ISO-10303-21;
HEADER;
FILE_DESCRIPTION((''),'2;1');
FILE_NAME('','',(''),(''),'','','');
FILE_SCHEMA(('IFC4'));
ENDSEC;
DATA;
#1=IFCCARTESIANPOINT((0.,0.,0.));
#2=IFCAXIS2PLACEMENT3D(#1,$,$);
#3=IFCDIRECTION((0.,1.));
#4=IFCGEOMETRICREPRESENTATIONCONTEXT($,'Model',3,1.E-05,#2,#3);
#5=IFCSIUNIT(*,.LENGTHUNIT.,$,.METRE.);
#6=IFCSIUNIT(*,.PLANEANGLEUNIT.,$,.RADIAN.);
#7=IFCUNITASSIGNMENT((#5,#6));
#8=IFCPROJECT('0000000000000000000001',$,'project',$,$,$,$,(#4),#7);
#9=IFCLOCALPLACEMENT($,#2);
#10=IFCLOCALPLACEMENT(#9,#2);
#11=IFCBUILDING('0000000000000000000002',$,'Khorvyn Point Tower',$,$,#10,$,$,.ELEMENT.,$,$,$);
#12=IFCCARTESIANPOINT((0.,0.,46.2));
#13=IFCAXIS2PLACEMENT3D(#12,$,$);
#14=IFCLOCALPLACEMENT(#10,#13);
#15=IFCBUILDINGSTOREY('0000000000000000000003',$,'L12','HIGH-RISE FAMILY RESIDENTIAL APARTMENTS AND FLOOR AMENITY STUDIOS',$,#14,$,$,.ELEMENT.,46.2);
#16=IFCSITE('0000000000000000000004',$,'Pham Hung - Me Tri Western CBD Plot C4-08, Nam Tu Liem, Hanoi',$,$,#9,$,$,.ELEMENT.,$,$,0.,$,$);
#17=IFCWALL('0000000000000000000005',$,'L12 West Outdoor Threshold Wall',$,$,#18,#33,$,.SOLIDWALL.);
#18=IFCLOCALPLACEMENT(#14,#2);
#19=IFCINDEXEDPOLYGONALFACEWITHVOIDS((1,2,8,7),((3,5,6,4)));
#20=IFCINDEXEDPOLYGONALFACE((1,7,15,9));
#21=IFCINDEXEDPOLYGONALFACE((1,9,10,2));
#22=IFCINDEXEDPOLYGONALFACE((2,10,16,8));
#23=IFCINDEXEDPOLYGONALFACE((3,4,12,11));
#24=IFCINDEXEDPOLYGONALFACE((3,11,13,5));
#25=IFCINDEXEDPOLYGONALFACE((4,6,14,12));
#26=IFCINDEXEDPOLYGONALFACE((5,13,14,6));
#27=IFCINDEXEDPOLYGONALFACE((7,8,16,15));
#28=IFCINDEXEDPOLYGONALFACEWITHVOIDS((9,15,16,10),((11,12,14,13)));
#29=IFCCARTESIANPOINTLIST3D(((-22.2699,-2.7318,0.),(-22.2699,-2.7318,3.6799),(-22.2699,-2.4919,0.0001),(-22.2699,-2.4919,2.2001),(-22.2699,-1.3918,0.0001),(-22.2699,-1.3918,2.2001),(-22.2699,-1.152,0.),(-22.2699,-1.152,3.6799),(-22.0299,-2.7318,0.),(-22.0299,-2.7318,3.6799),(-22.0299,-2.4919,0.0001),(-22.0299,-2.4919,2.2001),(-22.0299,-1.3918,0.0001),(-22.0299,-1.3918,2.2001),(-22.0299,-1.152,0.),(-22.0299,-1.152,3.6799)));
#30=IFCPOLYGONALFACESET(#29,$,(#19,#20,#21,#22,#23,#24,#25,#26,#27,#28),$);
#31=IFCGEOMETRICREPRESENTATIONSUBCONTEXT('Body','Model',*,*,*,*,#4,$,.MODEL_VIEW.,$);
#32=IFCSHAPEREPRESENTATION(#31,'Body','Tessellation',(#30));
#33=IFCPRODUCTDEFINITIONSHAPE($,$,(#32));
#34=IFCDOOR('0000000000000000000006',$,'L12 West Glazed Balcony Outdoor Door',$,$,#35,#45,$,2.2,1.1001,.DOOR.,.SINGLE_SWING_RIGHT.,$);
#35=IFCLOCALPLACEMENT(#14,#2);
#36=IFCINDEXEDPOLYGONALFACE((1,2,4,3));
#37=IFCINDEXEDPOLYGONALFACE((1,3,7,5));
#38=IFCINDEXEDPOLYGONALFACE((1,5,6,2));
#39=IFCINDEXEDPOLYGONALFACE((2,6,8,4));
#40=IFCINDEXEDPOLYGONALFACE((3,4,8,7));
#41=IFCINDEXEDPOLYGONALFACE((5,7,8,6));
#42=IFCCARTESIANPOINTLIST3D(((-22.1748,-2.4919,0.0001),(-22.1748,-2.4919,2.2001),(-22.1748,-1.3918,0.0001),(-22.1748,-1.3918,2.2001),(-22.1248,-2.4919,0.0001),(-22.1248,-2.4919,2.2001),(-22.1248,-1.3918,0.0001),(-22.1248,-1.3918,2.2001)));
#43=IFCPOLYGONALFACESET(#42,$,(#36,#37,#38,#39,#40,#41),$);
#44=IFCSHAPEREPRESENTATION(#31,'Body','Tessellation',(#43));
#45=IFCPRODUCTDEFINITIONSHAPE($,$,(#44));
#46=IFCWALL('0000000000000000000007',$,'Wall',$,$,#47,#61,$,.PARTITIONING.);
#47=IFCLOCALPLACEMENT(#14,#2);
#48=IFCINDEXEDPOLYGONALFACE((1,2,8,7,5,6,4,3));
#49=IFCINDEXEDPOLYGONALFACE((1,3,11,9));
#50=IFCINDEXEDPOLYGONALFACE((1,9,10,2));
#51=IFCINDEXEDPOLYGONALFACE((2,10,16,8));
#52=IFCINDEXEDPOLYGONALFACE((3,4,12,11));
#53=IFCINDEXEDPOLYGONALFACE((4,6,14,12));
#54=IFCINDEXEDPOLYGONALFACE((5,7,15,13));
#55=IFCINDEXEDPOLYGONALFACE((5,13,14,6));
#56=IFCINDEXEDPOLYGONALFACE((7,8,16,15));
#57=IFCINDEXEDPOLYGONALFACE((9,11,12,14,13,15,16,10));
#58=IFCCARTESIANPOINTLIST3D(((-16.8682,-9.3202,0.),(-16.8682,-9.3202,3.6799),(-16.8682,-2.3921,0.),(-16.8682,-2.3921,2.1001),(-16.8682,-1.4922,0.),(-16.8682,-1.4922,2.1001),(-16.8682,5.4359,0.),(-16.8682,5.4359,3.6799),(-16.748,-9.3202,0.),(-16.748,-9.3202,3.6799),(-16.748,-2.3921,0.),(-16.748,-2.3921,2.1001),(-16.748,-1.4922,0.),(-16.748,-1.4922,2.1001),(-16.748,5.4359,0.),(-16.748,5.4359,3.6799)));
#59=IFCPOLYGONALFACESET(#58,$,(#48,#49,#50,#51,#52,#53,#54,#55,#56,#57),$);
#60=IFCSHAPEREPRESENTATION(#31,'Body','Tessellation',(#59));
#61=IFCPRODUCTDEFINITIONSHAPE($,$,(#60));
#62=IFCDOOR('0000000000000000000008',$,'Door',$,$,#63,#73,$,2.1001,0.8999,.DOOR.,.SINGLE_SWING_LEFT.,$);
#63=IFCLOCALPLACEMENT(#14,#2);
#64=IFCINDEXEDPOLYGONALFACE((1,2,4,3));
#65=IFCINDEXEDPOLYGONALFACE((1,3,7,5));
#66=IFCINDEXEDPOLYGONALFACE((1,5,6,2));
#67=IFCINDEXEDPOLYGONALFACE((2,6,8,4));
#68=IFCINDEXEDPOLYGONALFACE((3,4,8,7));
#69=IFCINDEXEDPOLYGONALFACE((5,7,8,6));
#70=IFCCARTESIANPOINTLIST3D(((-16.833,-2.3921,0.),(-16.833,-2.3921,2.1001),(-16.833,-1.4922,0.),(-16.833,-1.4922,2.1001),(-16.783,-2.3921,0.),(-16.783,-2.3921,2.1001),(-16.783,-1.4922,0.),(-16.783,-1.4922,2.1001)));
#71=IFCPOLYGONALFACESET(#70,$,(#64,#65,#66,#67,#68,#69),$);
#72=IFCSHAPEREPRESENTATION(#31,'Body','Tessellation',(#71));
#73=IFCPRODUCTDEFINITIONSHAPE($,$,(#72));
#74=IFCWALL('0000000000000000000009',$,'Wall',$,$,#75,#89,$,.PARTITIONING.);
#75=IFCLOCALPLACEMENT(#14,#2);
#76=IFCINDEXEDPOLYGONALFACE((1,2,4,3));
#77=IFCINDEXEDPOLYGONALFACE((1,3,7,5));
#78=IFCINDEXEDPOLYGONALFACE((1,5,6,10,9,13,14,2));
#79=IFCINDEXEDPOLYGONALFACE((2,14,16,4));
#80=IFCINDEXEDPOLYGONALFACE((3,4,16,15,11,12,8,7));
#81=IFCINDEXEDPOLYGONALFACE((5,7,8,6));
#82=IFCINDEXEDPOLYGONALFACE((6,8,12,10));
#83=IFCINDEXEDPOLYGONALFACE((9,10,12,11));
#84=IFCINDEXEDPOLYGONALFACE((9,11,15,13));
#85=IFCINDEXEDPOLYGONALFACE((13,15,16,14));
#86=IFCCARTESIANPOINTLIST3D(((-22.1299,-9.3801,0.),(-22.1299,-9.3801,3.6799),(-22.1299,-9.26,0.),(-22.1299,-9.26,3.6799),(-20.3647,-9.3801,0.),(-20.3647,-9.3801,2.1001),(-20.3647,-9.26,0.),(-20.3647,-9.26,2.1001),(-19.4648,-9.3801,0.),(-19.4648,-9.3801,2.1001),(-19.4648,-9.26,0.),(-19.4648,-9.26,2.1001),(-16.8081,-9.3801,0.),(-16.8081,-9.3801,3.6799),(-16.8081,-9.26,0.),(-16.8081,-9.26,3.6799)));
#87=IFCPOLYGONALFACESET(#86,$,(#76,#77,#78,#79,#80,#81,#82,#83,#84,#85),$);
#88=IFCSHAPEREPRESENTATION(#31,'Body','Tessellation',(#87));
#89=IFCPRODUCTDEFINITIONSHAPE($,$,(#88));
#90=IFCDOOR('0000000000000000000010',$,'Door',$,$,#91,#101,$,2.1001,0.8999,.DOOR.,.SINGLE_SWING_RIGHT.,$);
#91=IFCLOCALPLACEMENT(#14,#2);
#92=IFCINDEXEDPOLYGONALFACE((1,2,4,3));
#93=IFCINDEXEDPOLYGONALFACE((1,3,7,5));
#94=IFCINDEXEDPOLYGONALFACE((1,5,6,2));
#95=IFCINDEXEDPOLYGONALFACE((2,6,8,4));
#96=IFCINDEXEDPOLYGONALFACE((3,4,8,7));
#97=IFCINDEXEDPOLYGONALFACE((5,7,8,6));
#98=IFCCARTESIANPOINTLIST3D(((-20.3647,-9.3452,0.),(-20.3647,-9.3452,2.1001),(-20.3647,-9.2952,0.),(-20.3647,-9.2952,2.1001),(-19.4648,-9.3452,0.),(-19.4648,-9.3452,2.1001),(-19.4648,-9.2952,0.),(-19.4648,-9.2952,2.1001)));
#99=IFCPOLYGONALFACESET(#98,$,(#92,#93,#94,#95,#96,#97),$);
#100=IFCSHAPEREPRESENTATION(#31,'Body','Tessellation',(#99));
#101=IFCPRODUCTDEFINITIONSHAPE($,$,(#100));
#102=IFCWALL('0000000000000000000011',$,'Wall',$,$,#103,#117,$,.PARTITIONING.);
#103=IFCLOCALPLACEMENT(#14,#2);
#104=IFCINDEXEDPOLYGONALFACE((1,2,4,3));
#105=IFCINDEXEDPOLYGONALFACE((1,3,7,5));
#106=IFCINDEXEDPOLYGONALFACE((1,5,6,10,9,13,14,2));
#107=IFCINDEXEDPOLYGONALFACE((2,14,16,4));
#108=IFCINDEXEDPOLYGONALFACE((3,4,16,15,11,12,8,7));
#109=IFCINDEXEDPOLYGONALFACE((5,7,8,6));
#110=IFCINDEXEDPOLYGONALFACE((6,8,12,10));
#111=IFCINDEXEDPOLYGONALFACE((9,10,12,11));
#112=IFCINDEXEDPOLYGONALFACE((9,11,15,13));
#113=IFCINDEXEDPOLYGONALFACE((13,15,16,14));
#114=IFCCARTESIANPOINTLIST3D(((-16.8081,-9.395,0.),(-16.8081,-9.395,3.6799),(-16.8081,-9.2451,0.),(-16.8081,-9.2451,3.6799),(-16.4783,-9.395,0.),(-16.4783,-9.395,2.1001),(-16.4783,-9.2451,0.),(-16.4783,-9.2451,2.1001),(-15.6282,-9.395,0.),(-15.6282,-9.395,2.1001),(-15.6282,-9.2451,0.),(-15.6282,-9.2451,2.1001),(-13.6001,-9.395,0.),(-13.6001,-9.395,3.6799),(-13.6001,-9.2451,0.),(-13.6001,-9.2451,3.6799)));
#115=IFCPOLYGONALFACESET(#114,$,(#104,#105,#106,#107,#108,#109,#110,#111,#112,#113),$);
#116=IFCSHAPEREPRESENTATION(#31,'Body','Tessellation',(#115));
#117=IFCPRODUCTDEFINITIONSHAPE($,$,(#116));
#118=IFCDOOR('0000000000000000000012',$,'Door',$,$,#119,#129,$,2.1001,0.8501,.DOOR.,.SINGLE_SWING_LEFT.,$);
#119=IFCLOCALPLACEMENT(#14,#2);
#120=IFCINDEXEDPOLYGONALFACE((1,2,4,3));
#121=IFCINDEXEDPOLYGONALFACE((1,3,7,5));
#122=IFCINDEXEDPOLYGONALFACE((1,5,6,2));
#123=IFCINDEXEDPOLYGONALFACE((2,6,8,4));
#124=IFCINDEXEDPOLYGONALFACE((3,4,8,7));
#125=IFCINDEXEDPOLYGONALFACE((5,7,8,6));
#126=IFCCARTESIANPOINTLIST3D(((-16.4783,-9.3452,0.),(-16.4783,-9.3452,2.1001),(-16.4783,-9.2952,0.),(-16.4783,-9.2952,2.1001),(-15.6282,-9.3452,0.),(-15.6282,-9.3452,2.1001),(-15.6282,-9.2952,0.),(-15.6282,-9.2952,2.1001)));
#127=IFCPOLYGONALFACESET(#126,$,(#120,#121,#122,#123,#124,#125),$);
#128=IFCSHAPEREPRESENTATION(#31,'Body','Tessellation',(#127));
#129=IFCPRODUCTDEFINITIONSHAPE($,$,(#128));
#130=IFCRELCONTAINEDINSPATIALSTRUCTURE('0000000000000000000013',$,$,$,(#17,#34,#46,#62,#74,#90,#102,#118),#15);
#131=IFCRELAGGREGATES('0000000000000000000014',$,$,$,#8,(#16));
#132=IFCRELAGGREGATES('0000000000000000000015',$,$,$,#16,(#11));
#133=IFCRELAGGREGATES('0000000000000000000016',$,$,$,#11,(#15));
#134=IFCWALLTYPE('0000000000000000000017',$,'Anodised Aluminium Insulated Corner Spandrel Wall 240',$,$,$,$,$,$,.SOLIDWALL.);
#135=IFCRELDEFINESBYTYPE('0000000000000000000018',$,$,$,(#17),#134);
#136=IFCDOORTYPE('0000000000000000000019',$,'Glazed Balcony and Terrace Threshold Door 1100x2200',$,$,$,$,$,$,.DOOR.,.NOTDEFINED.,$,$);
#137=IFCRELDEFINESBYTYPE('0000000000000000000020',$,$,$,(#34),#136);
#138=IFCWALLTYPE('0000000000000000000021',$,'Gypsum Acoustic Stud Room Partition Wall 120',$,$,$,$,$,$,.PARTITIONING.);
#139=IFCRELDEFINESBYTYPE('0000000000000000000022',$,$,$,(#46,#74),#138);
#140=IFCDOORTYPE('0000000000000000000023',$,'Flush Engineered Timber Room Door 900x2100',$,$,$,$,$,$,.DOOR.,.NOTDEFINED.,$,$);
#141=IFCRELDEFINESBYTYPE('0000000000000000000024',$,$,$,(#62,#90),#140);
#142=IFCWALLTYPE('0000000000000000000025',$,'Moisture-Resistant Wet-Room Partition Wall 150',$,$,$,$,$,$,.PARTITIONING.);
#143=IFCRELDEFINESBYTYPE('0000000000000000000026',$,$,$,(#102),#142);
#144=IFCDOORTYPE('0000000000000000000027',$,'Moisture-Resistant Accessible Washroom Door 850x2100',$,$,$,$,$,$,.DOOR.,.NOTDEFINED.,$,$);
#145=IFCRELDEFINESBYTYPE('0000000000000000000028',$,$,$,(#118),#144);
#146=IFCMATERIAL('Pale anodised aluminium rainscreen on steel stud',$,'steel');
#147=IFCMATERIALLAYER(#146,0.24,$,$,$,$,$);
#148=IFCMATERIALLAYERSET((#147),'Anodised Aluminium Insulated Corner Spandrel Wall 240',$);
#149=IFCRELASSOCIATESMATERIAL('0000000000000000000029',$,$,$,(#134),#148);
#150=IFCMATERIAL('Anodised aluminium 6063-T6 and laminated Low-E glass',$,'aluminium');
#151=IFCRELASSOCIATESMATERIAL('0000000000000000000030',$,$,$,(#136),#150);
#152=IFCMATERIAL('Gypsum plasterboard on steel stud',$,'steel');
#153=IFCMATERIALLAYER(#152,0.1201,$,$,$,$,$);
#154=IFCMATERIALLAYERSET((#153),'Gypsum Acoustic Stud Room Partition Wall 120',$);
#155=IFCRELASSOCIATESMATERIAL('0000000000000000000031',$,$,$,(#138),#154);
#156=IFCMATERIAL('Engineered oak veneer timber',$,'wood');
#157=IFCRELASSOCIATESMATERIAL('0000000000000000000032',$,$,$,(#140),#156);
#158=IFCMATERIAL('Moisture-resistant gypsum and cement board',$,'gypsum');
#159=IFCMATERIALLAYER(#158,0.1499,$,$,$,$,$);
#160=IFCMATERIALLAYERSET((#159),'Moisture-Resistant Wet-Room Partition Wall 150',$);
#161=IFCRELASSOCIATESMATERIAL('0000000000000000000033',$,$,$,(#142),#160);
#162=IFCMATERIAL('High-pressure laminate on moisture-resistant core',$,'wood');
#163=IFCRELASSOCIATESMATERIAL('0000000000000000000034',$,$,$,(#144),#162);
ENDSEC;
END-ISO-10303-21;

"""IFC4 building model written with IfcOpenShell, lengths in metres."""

from ifc_helpers import new_model, si_unit, direction, frame, frame_2d, origin, place, context, subcontext, project, spatial, rectangle, extrude, material, layer, layer_set, type_object, element, fill, save


model = new_model("IFC4")

# Units and contexts
model_context = context("Model", 3, precision=1e-05, world=origin(), true_north=direction((0.0, 1.0)))
body_context = subcontext(model_context, "Body", "Model", "MODEL_VIEW")
ifc_project = project(units=[si_unit("LENGTHUNIT", "METRE"), si_unit("PLANEANGLEUNIT", "RADIAN")], contexts=[model_context])

# Site, building, storey
site_placement = place(None, origin())
site = spatial("IfcSite", under=ifc_project, at=site_placement, Name="Pham Hung - Me Tri Western CBD Plot C4-08, Nam Tu Liem, Hanoi", CompositionType="ELEMENT", RefElevation=0.0)
building_placement = place(site_placement, origin())
building = spatial("IfcBuilding", under=site, at=building_placement, Name="Khorvyn Point Tower", CompositionType="ELEMENT")
storey_placement = place(building_placement, frame((0.0, 0.0, 46.2)))
storey = spatial("IfcBuildingStorey", under=building, at=storey_placement, Name="L12", Description="HIGH-RISE FAMILY RESIDENTIAL APARTMENTS AND FLOOR AMENITY STUDIOS", CompositionType="ELEMENT", Elevation=46.2)

# Shared definitions
ifc_material_1 = material(Name="Anodised aluminium 6063-T6 and laminated Low-E glass", Category="aluminium")

# Walls, openings, doors
ifc_material_2 = material(Name="Pale anodised aluminium rainscreen on steel stud", Category="steel")
ifc_layer_1 = layer(ifc_material_2, 0.24)
ifc_layer_set_1 = layer_set([ifc_layer_1], Name="Anodised Aluminium Insulated Corner Spandrel Wall 240")
wall_type_1 = type_object("IfcWallType", Name="Anodised Aluminium Insulated Corner Spandrel Wall 240", PredefinedType="SOLIDWALL", material=ifc_layer_set_1)
wall_1_placement = place(storey_placement, frame((-22.1499, -2.7319, 0.0), z_axis=(0.0, 0.0, 1.0), x_axis=(0.0, 1.0, 0.0)))
wall_1 = element("IfcWall", 1, at=wall_1_placement, inside=storey, type_object=wall_type_1, Name="L12 West Outdoor Threshold Wall", PredefinedType="SOLIDWALL", context=body_context, shape_type="SweptSolid", body=[
    extrude(rectangle(XDim=1.5798, YDim=0.24, at=frame_2d((0.79, 0.0))), origin(), (0.0, 0.0, 1.0), 3.6799),
])
opening_1_placement = place(wall_1_placement, frame((0.24, 0.0, 0.0)))
opening_1 = element("IfcOpeningElement", 2, at=opening_1_placement, cuts=wall_1, PredefinedType="OPENING", context=body_context, shape_type="SweptSolid", body=[
    extrude(rectangle(XDim=1.1001, YDim=2.2, at=frame_2d((0.55, 1.1001))), frame((0.0, 0.1299, 0.0), z_axis=(0.0, -1.0, 0.0), x_axis=(1.0, 0.0, 0.0)), (0.0, 0.0, 1.0), 0.26),
])
door_type_1 = type_object("IfcDoorType", Name="Glazed Balcony and Terrace Threshold Door 1100x2200", OperationType="NOTDEFINED", PredefinedType="DOOR", material=ifc_material_1)
door_1_placement = place(opening_1_placement, origin())
door_1 = element("IfcDoor", 3, at=door_1_placement, inside=storey, type_object=door_type_1, Name="L12 West Glazed Balcony Outdoor Door", OperationType="SINGLE_SWING_RIGHT", OverallHeight=2.2, OverallWidth=1.1001, PredefinedType="DOOR", context=body_context, shape_type="SweptSolid", body=[
    extrude(rectangle(XDim=1.1001, YDim=2.2, at=frame_2d((0.55, 1.1001))), frame((0.0, 0.0249, 0.0), z_axis=(0.0, -1.0, 0.0), x_axis=(1.0, 0.0, 0.0)), (0.0, 0.0, 1.0), 0.05),
])
fill(opening_1, door_1)
ifc_material_3 = material(Name="Gypsum plasterboard on steel stud", Category="steel")
ifc_layer_2 = layer(ifc_material_3, 0.1201)
ifc_layer_set_2 = layer_set([ifc_layer_2], Name="Gypsum Acoustic Stud Room Partition Wall 120")
wall_type_2 = type_object("IfcWallType", Name="Gypsum Acoustic Stud Room Partition Wall 120", PredefinedType="PARTITIONING", material=ifc_layer_set_2)
wall_2_placement = place(storey_placement, frame((-16.8081, -9.3201, 0.0), z_axis=(0.0, 0.0, 1.0), x_axis=(0.0, 1.0, 0.0)))
wall_2 = element("IfcWall", 4, at=wall_2_placement, inside=storey, type_object=wall_type_2, Name="Wall", PredefinedType="PARTITIONING", context=body_context, shape_type="SweptSolid", body=[
    extrude(rectangle(XDim=14.7561, YDim=0.1201, at=frame_2d((7.3779, 0.0))), origin(), (0.0, 0.0, 1.0), 3.6799),
])
opening_2_placement = place(wall_2_placement, frame((6.928, 0.0, 0.0)))
opening_2 = element("IfcOpeningElement", 5, at=opening_2_placement, cuts=wall_2, PredefinedType="OPENING", context=body_context, shape_type="SweptSolid", body=[
    extrude(rectangle(XDim=0.8999, YDim=2.1001, at=frame_2d((0.45, 1.05))), frame((0.0, 0.0701, 0.0), z_axis=(0.0, -1.0, 0.0), x_axis=(1.0, 0.0, 0.0)), (0.0, 0.0, 1.0), 0.1401),
])
ifc_material_4 = material(Name="Engineered oak veneer timber", Category="wood")
door_type_2 = type_object("IfcDoorType", Name="Flush Engineered Timber Room Door 900x2100", OperationType="NOTDEFINED", PredefinedType="DOOR", material=ifc_material_4)
door_2_placement = place(opening_2_placement, origin())
door_2 = element("IfcDoor", 6, at=door_2_placement, inside=storey, type_object=door_type_2, Name="Door", OperationType="SINGLE_SWING_LEFT", OverallHeight=2.1001, OverallWidth=0.8999, PredefinedType="DOOR", context=body_context, shape_type="SweptSolid", body=[
    extrude(rectangle(XDim=0.8999, YDim=2.1001, at=frame_2d((0.45, 1.05))), frame((0.0, 0.0249, 0.0), z_axis=(0.0, -1.0, 0.0), x_axis=(1.0, 0.0, 0.0)), (0.0, 0.0, 1.0), 0.05),
])
fill(opening_2, door_2)
wall_3_placement = place(storey_placement, frame((-22.1299, -9.3201, 0.0), z_axis=(0.0, 0.0, 1.0), x_axis=(1.0, 0.0, 0.0)))
wall_3 = element("IfcWall", 7, at=wall_3_placement, inside=storey, type_object=wall_type_2, Name="Wall", PredefinedType="PARTITIONING", context=body_context, shape_type="SweptSolid", body=[
    extrude(rectangle(XDim=5.3218, YDim=0.1201, at=frame_2d((2.6609, 0.0))), origin(), (0.0, 0.0, 1.0), 3.6799),
])
opening_3_placement = place(wall_3_placement, frame((1.7651, 0.0, 0.0)))
opening_3 = element("IfcOpeningElement", 8, at=opening_3_placement, cuts=wall_3, PredefinedType="OPENING", context=body_context, shape_type="SweptSolid", body=[
    extrude(rectangle(XDim=0.8999, YDim=2.1001, at=frame_2d((0.45, 1.05))), frame((0.0, 0.0701, 0.0), z_axis=(0.0, -1.0, 0.0), x_axis=(1.0, 0.0, 0.0)), (0.0, 0.0, 1.0), 0.1401),
])
door_3_placement = place(opening_3_placement, origin())
door_3 = element("IfcDoor", 9, at=door_3_placement, inside=storey, type_object=door_type_2, Name="Door", OperationType="SINGLE_SWING_RIGHT", OverallHeight=2.1001, OverallWidth=0.8999, PredefinedType="DOOR", context=body_context, shape_type="SweptSolid", body=[
    extrude(rectangle(XDim=0.8999, YDim=2.1001, at=frame_2d((0.45, 1.05))), frame((0.0, 0.0249, 0.0), z_axis=(0.0, -1.0, 0.0), x_axis=(1.0, 0.0, 0.0)), (0.0, 0.0, 1.0), 0.05),
])
fill(opening_3, door_3)
ifc_material_5 = material(Name="Moisture-resistant gypsum and cement board", Category="gypsum")
ifc_layer_3 = layer(ifc_material_5, 0.1499)
ifc_layer_set_3 = layer_set([ifc_layer_3], Name="Moisture-Resistant Wet-Room Partition Wall 150")
wall_type_3 = type_object("IfcWallType", Name="Moisture-Resistant Wet-Room Partition Wall 150", PredefinedType="PARTITIONING", material=ifc_layer_set_3)
wall_4_placement = place(storey_placement, frame((-16.8081, -9.3201, 0.0), z_axis=(0.0, 0.0, 1.0), x_axis=(1.0, 0.0, 0.0)))
wall_4 = element("IfcWall", 10, at=wall_4_placement, inside=storey, type_object=wall_type_3, Name="Wall", PredefinedType="PARTITIONING", context=body_context, shape_type="SweptSolid", body=[
    extrude(rectangle(XDim=3.208, YDim=0.1499, at=frame_2d((1.604, 0.0))), origin(), (0.0, 0.0, 1.0), 3.6799),
])
opening_4_placement = place(wall_4_placement, frame((0.3298, 0.0, 0.0)))
opening_4 = element("IfcOpeningElement", 11, at=opening_4_placement, cuts=wall_4, PredefinedType="OPENING", context=body_context, shape_type="SweptSolid", body=[
    extrude(rectangle(XDim=0.8501, YDim=2.1001, at=frame_2d((0.425, 1.05))), frame((0.0, 0.085, 0.0), z_axis=(0.0, -1.0, 0.0), x_axis=(1.0, 0.0, 0.0)), (0.0, 0.0, 1.0), 0.1699),
])
ifc_material_6 = material(Name="High-pressure laminate on moisture-resistant core", Category="wood")
door_type_3 = type_object("IfcDoorType", Name="Moisture-Resistant Accessible Washroom Door 850x2100", OperationType="NOTDEFINED", PredefinedType="DOOR", material=ifc_material_6)
door_4_placement = place(opening_4_placement, origin())
door_4 = element("IfcDoor", 12, at=door_4_placement, inside=storey, type_object=door_type_3, Name="Door", OperationType="SINGLE_SWING_LEFT", OverallHeight=2.1001, OverallWidth=0.8501, PredefinedType="DOOR", context=body_context, shape_type="SweptSolid", body=[
    extrude(rectangle(XDim=0.8501, YDim=2.1001, at=frame_2d((0.425, 1.05))), frame((0.0, 0.0249, 0.0), z_axis=(0.0, -1.0, 0.0), x_axis=(1.0, 0.0, 0.0)), (0.0, 0.0, 1.0), 0.05),
])
fill(opening_4, door_4)

save(model, "model.ifc")
